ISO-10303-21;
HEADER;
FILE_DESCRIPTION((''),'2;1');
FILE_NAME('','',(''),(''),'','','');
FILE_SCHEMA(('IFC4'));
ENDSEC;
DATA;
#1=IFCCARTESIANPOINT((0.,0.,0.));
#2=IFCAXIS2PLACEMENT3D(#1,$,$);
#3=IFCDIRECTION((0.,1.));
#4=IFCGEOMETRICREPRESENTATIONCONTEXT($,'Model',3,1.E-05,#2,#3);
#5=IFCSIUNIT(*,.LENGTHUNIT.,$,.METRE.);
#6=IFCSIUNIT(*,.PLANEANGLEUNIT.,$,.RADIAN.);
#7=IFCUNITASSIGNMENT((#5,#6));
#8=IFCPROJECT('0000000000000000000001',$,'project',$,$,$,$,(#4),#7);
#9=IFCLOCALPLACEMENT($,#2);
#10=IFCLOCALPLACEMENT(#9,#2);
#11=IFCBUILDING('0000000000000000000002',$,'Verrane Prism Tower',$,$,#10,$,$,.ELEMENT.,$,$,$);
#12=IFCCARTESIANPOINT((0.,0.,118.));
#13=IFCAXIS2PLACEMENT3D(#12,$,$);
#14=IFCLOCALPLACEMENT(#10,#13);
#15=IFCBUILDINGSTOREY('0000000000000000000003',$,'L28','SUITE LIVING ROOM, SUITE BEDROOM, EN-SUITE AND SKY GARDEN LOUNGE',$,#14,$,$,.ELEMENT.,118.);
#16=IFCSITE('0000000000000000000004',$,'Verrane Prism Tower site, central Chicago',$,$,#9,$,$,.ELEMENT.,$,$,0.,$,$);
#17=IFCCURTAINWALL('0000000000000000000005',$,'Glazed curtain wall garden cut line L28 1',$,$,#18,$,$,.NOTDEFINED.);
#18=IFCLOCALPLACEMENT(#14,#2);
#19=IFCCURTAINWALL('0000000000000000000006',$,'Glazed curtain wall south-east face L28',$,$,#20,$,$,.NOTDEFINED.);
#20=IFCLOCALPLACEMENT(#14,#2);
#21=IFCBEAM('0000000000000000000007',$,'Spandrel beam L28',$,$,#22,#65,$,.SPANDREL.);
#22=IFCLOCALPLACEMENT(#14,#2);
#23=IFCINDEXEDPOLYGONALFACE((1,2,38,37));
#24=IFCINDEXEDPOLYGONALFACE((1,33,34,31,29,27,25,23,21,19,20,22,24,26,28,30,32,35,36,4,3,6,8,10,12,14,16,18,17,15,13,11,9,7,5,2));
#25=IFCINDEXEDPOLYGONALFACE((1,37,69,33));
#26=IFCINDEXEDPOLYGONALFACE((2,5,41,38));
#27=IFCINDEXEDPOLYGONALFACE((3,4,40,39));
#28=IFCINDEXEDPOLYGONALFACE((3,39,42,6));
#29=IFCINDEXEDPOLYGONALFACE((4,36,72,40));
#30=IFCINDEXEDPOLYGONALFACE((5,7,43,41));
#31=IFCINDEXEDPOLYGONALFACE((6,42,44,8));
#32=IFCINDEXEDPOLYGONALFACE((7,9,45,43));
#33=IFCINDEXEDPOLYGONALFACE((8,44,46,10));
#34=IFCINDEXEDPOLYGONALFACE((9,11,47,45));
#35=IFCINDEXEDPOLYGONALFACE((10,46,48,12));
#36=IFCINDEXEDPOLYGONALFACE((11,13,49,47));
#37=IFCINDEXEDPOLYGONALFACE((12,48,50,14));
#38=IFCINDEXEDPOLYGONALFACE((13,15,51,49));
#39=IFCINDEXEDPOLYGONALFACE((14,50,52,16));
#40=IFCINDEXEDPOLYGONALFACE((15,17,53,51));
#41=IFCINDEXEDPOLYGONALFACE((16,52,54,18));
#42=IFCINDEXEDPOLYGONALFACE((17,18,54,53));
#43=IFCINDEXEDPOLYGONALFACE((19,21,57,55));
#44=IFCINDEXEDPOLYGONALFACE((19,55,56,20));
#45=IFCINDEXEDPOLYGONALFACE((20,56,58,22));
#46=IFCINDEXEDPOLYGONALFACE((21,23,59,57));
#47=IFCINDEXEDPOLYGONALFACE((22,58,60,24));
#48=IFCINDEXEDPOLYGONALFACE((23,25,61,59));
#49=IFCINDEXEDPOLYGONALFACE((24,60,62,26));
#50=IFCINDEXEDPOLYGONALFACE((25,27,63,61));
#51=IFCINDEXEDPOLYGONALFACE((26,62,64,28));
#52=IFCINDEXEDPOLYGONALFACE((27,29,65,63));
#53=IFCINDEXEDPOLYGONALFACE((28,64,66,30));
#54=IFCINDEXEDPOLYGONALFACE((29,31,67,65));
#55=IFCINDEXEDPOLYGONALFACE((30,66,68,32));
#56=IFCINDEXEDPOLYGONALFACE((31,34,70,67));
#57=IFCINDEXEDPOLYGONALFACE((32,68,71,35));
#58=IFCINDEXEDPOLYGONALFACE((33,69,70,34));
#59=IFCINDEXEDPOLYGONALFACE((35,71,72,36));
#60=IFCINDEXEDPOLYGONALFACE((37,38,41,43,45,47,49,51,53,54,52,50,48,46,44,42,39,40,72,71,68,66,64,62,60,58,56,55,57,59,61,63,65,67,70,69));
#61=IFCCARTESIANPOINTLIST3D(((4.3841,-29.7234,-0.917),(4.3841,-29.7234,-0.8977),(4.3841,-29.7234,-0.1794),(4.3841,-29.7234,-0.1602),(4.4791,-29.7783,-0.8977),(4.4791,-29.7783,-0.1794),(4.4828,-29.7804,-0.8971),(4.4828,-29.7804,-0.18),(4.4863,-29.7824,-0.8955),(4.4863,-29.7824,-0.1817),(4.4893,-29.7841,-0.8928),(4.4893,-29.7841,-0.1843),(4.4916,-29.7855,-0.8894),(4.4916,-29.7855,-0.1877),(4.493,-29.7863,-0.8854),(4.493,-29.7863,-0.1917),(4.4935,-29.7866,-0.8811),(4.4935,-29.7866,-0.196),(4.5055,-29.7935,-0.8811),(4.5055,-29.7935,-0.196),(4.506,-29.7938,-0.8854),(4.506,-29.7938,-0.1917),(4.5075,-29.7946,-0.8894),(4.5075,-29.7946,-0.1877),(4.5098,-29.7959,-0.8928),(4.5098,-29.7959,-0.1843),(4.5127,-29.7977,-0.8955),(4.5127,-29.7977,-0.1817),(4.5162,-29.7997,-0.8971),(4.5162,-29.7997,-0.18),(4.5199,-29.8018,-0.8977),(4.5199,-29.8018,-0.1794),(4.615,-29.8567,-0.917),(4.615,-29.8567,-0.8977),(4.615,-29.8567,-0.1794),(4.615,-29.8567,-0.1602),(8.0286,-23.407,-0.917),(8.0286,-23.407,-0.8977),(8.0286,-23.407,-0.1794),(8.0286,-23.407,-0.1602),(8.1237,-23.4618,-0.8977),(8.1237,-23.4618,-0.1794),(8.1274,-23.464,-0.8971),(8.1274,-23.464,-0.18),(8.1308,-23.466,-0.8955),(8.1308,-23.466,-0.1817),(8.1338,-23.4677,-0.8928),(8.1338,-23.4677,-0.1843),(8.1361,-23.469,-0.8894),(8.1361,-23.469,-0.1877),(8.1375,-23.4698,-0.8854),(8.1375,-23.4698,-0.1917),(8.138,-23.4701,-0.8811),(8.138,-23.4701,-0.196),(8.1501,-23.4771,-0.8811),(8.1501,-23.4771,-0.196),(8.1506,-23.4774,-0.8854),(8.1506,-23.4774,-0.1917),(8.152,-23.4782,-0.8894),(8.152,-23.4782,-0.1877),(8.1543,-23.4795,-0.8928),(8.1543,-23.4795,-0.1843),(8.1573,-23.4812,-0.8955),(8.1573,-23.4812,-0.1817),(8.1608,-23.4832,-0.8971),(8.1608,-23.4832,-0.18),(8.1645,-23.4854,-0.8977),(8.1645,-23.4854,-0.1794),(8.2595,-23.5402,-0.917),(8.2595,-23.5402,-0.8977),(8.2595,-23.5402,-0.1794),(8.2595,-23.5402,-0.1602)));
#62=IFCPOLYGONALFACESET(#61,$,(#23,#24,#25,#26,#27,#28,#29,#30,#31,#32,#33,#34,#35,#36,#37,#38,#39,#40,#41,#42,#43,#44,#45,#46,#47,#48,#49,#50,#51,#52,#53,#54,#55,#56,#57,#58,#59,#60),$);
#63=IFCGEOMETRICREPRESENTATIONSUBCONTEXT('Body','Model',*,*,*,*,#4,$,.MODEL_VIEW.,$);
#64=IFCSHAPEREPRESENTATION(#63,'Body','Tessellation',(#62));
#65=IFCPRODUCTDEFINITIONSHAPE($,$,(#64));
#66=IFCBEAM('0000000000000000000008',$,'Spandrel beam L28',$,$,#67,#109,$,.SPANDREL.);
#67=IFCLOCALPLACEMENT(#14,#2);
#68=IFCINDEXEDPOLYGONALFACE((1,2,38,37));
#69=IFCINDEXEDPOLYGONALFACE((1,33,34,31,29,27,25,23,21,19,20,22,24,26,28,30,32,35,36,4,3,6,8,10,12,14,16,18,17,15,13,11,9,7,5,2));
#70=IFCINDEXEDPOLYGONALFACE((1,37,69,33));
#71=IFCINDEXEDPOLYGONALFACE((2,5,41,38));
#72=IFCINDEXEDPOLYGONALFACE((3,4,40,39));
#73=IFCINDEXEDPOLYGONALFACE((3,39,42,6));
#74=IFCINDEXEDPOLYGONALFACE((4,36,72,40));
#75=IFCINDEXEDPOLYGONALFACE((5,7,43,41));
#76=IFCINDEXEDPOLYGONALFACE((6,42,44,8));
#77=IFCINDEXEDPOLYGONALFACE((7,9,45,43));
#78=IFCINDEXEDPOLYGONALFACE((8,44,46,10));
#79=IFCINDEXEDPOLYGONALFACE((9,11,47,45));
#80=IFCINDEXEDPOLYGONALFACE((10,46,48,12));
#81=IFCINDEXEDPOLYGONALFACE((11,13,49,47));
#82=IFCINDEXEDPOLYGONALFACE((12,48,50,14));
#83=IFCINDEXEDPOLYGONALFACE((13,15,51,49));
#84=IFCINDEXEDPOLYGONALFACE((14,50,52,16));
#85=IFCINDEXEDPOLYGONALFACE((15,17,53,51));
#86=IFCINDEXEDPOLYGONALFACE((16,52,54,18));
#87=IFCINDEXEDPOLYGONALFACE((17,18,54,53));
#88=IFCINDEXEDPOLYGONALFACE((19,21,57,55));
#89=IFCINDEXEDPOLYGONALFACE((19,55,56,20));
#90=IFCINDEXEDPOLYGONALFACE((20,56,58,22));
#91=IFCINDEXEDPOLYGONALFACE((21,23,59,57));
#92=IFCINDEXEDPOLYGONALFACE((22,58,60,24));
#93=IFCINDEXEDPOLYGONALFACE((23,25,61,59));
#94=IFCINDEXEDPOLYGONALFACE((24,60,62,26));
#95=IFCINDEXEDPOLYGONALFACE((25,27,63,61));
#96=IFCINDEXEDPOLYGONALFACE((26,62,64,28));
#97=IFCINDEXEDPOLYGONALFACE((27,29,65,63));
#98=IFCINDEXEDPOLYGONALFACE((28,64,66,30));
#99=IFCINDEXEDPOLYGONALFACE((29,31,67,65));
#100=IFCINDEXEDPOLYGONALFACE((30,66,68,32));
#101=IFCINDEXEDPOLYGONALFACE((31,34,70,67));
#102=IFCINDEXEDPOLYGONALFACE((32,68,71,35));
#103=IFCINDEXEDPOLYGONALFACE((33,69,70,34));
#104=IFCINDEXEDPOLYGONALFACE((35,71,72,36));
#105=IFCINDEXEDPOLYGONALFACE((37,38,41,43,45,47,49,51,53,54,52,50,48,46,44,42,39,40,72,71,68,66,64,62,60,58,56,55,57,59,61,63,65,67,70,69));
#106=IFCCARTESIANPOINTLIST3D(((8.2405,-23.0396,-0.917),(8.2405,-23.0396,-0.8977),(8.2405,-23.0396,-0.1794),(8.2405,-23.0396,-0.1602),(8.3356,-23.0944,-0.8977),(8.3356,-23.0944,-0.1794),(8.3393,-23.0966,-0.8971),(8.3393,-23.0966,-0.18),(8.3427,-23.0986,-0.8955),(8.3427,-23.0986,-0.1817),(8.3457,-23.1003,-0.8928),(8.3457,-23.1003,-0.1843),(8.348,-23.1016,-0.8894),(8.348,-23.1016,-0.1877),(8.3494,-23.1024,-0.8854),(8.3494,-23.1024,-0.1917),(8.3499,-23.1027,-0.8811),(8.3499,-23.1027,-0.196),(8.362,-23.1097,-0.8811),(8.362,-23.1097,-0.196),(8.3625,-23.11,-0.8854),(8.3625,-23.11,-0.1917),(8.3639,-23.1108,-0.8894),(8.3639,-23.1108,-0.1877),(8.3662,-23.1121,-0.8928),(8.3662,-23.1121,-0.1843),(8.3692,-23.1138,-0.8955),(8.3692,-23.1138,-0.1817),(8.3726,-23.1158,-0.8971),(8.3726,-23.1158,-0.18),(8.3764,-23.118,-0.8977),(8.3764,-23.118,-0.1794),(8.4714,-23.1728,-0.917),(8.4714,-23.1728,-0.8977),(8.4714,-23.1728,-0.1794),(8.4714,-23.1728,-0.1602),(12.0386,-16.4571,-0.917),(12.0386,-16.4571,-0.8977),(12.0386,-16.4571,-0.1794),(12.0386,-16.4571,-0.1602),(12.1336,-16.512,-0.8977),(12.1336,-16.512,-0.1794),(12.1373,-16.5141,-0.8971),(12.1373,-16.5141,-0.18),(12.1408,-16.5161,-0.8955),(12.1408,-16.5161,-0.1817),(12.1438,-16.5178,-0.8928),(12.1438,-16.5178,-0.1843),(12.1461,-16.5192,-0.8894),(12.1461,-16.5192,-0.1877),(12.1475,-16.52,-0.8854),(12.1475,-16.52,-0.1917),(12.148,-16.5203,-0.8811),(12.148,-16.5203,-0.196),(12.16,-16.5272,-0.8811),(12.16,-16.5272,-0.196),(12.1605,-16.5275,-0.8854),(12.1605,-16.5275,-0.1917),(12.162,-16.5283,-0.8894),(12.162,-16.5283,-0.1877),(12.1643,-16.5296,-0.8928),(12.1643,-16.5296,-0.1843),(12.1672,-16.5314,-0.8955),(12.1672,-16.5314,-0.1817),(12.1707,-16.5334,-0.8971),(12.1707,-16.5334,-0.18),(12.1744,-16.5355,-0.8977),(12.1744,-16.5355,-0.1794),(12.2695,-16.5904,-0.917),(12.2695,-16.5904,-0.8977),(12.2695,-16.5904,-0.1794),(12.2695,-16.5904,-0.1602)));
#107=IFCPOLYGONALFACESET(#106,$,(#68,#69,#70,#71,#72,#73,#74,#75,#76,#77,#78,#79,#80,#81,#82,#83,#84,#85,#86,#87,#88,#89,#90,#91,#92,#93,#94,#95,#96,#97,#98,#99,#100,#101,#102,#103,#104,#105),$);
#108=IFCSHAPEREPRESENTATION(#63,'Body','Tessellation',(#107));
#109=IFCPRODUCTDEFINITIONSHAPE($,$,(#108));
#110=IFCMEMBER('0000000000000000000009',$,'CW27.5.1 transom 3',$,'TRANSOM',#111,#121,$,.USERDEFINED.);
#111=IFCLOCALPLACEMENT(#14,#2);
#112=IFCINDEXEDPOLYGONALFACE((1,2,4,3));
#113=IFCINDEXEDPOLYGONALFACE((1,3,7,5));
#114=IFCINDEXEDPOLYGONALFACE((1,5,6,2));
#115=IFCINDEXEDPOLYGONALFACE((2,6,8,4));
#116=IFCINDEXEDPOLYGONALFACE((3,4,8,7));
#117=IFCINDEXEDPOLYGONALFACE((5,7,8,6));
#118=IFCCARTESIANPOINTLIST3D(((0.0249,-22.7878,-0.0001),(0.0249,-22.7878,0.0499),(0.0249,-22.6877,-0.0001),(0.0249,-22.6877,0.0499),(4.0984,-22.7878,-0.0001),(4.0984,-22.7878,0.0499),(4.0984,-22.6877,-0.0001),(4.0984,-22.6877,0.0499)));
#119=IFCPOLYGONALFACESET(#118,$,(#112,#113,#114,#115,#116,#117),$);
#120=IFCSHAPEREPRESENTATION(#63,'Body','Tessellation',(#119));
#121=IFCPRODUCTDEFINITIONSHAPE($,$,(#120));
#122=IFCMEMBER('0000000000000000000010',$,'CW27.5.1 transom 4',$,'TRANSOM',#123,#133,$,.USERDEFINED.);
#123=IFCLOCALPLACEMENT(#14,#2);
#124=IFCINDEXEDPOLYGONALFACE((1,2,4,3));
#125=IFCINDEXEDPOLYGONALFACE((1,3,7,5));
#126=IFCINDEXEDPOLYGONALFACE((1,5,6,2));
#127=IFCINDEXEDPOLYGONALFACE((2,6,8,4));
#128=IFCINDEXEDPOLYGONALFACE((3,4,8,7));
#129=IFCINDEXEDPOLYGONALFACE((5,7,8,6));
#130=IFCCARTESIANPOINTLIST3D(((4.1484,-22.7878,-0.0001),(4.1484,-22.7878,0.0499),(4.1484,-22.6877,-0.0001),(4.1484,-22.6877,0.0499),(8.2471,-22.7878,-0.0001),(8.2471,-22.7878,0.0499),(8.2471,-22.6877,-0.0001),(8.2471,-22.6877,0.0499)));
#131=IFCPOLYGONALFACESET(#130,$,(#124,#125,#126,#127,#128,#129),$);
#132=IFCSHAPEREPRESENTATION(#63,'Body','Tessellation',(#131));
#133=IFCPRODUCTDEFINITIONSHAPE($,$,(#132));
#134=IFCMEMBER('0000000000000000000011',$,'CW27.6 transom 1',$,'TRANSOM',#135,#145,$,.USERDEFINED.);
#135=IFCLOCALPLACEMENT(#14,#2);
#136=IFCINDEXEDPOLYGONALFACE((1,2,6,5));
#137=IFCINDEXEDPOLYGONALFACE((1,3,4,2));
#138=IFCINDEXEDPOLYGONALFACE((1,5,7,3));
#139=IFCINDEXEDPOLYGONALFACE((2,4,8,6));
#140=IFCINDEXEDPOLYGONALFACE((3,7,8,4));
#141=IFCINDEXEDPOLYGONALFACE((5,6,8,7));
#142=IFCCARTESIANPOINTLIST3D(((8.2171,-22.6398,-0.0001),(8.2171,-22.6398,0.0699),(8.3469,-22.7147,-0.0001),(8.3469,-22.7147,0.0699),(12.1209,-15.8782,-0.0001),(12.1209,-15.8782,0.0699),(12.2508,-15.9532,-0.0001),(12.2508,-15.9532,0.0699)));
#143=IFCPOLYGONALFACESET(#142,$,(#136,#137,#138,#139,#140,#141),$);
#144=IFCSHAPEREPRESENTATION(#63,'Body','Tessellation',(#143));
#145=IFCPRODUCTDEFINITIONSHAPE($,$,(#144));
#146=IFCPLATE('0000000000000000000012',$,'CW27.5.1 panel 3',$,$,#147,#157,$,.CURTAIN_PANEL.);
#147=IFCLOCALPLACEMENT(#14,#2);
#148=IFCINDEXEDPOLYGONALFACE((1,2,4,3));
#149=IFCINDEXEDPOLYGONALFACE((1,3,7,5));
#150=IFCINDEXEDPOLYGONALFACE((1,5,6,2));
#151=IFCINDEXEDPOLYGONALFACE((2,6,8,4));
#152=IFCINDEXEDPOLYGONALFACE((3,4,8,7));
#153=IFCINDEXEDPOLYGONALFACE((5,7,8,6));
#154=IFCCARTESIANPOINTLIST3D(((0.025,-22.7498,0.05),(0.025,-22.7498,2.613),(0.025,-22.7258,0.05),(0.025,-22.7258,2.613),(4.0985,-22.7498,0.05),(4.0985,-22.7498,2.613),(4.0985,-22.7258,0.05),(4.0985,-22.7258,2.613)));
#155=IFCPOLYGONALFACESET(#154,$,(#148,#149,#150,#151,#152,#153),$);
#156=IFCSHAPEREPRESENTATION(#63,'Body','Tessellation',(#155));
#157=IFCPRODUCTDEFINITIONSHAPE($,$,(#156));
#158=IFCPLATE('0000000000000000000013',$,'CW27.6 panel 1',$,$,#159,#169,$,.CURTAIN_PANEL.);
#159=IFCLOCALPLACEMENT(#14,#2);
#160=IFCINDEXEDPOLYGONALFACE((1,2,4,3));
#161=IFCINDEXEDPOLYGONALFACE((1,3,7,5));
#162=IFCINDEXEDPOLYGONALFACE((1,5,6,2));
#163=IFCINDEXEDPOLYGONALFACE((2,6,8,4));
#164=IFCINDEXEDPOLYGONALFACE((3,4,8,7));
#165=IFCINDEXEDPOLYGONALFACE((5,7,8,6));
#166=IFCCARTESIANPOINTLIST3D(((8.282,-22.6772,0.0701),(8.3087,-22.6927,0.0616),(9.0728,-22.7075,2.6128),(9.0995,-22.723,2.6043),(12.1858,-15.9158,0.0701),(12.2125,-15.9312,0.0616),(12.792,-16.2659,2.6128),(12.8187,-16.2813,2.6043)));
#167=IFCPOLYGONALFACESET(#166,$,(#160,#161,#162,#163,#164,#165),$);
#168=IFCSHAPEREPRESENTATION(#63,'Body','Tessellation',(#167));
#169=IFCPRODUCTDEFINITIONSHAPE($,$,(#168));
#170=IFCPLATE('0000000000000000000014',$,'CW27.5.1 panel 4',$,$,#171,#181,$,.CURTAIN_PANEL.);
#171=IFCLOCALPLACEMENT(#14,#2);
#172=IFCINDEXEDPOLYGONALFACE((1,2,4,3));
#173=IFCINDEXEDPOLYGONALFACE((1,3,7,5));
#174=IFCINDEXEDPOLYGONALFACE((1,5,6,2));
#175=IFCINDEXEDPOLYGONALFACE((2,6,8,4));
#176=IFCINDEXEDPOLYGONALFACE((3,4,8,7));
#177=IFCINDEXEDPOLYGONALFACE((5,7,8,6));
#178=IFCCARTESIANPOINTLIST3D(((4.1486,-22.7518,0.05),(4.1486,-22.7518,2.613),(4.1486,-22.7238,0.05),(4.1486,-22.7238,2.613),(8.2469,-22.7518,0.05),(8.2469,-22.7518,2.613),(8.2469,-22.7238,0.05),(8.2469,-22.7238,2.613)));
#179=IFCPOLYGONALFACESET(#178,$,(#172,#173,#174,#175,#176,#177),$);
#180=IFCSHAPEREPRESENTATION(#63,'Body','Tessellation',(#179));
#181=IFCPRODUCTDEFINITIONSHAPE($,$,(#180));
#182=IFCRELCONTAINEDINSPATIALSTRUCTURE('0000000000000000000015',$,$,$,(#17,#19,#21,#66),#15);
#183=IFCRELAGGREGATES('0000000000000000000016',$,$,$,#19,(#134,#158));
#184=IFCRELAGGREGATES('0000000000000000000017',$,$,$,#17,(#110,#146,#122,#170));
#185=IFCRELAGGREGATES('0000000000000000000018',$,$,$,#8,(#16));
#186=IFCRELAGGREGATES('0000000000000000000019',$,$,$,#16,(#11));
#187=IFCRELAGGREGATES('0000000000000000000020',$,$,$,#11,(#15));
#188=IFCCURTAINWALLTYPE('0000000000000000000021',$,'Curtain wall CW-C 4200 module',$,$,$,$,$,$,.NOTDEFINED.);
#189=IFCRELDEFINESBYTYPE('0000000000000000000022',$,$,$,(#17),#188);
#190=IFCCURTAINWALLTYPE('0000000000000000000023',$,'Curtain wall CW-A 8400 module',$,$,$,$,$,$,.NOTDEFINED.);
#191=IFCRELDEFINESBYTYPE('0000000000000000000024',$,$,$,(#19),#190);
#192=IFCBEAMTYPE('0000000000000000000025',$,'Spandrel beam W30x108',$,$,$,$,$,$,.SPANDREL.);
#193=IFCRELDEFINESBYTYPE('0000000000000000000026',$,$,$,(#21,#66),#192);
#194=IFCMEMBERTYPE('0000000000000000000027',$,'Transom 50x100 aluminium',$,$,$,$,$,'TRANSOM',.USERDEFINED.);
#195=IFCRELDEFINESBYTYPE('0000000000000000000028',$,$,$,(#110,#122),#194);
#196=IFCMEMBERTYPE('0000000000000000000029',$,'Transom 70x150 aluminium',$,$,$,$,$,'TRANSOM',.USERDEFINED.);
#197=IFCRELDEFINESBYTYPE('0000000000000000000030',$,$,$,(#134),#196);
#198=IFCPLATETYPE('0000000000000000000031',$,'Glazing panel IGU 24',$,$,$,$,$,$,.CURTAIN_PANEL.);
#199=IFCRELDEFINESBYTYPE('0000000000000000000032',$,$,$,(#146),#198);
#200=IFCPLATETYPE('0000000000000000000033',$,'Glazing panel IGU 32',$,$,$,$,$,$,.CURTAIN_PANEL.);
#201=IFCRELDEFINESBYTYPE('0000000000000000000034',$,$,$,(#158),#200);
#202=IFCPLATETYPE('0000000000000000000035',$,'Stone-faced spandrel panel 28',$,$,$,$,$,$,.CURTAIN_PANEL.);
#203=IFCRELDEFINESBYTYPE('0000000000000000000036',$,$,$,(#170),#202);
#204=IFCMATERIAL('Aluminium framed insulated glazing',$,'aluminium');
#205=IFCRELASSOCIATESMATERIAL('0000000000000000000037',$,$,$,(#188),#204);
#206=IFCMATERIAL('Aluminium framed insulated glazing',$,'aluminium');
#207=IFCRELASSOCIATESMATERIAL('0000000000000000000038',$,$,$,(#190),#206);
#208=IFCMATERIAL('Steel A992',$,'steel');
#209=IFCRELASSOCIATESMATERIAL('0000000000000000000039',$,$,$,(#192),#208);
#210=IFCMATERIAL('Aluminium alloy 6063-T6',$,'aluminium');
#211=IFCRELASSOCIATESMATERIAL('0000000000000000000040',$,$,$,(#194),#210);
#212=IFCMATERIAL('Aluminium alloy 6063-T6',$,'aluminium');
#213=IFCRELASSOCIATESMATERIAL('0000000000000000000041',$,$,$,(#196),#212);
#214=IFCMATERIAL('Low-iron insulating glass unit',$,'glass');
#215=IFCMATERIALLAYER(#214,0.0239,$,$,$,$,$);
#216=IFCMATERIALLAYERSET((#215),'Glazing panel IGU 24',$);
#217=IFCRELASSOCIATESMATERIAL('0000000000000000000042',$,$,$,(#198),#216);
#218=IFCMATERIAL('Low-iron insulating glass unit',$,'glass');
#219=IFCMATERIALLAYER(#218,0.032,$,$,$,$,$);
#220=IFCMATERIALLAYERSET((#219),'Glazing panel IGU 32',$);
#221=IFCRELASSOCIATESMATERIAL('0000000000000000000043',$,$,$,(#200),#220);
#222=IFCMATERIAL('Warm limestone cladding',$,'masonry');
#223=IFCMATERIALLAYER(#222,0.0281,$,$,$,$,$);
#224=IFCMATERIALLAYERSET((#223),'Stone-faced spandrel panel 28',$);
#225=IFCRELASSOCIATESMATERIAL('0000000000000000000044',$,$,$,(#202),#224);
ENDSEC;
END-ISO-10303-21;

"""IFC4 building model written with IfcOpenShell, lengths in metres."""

from ifc_helpers import new_model, si_unit, direction, frame, origin, origin_2d, place, context, subcontext, project, spatial, polyline, rectangle, i_section, outline, extrude, material, layer, layer_set, material_profile, profile_set, type_object, element, aggregate, save


model = new_model("IFC4")

# Units and contexts
model_context = context("Model", 3, precision=1e-05, world=origin(), true_north=direction((0.0, 1.0)))
body_context = subcontext(model_context, "Body", "Model", "MODEL_VIEW")
ifc_project = project(units=[si_unit("LENGTHUNIT", "METRE"), si_unit("PLANEANGLEUNIT", "RADIAN")], contexts=[model_context])

# Site, building, storey
site_placement = place(None, origin())
site = spatial("IfcSite", under=ifc_project, at=site_placement, Name="Verrane Prism Tower site, central Chicago", CompositionType="ELEMENT", RefElevation=0.0)
building_placement = place(site_placement, origin())
building = spatial("IfcBuilding", under=site, at=building_placement, Name="Verrane Prism Tower", CompositionType="ELEMENT")
storey_placement = place(building_placement, frame((0.0, 0.0, 118.0)))
storey = spatial("IfcBuildingStorey", under=building, at=storey_placement, Name="L28", Description="SUITE LIVING ROOM, SUITE BEDROOM, EN-SUITE AND SKY GARDEN LOUNGE", CompositionType="ELEMENT", Elevation=118.0)

# Curtain walls
ifc_material_1 = material(Name="Aluminium framed insulated glazing", Category="aluminium")
curtain_wall_type_1 = type_object("IfcCurtainWallType", Name="Curtain wall CW-C 4200 module", PredefinedType="NOTDEFINED", material=ifc_material_1)
curtain_wall_1_placement = place(storey_placement, origin())
curtain_wall_1 = element("IfcCurtainWall", 1, at=curtain_wall_1_placement, inside=storey, type_object=curtain_wall_type_1, Name="Glazed curtain wall garden cut line L28 1", PredefinedType="NOTDEFINED")
ifc_material_2 = material(Name="Aluminium framed insulated glazing", Category="aluminium")
curtain_wall_type_2 = type_object("IfcCurtainWallType", Name="Curtain wall CW-A 8400 module", PredefinedType="NOTDEFINED", material=ifc_material_2)
curtain_wall_2_placement = place(storey_placement, origin())
curtain_wall_2 = element("IfcCurtainWall", 2, at=curtain_wall_2_placement, inside=storey, type_object=curtain_wall_type_2, Name="Glazed curtain wall south-east face L28", PredefinedType="NOTDEFINED")

# Beams
ifc_material_3 = material(Name="Steel A992", Category="steel")
ifc_material_profile_1 = material_profile(ifc_material_3, i_section(OverallWidth=0.2666, OverallDepth=0.7568, WebThickness=0.0139, FlangeThickness=0.0193, FilletRadius=0.0166, at=origin_2d()), Name="W30x108")
ifc_profile_set_1 = profile_set([ifc_material_profile_1], Name="Steel A992")
beam_type_1 = type_object("IfcBeamType", Name="Spandrel beam W30x108", PredefinedType="SPANDREL", material=ifc_profile_set_1)
beam_1_placement = place(storey_placement, frame((4.4995, -29.79, -0.5386), z_axis=(0.499769, 0.866159, 0.0), x_axis=(-0.866159, 0.499769, 0.0)))
element("IfcBeam", 3, at=beam_1_placement, inside=storey, type_object=beam_type_1, Name="Spandrel beam L28", PredefinedType="SPANDREL", context=body_context, shape_type="SweptSolid", body=[
    extrude(i_section(OverallWidth=0.2666, OverallDepth=0.7568, WebThickness=0.0139, FlangeThickness=0.0193, FilletRadius=0.0166, at=origin_2d()), origin(), (0.0, 0.0, 1.0), 7.2925),
])
beam_2_placement = place(storey_placement, frame((8.356, -23.1062, -0.5386), z_axis=(0.499771, 0.866158, 0.0), x_axis=(-0.866158, 0.499771, 0.0)))
element("IfcBeam", 4, at=beam_2_placement, inside=storey, type_object=beam_type_1, Name="Spandrel beam L28", PredefinedType="SPANDREL", context=body_context, shape_type="SweptSolid", body=[
    extrude(i_section(OverallWidth=0.2666, OverallDepth=0.7568, WebThickness=0.0139, FlangeThickness=0.0193, FilletRadius=0.0166, at=origin_2d()), origin(), (0.0, 0.0, 1.0), 7.5996),
])

# Members
ifc_material_4 = material(Name="Aluminium alloy 6063-T6", Category="aluminium")
ifc_material_profile_2 = material_profile(ifc_material_4, rectangle(XDim=0.1001, YDim=0.05, at=origin_2d()), Name="Transom 50x100 aluminium")
ifc_profile_set_2 = profile_set([ifc_material_profile_2], Name="Aluminium alloy 6063-T6")
member_type_1 = type_object("IfcMemberType", Name="Transom 50x100 aluminium", ElementType="TRANSOM", PredefinedType="USERDEFINED", material=ifc_profile_set_2)
member_1_placement = place(storey_placement, frame((0.0249, -22.7378, 0.0249), z_axis=(1.0, 0.0, 0.0), x_axis=(0.0, 1.0, 0.0)))
member_1 = element("IfcMember", 5, at=member_1_placement, type_object=member_type_1, Name="CW27.5.1 transom 3", ObjectType="TRANSOM", PredefinedType="USERDEFINED", context=body_context, shape_type="SweptSolid", body=[
    extrude(rectangle(XDim=0.1001, YDim=0.05, at=origin_2d()), origin(), (0.0, 0.0, 1.0), 4.0735),
])
member_2_placement = place(storey_placement, frame((4.1484, -22.7378, 0.0249), z_axis=(1.0, 0.0, 0.0), x_axis=(0.0, 1.0, 0.0)))
member_2 = element("IfcMember", 6, at=member_2_placement, type_object=member_type_1, Name="CW27.5.1 transom 4", ObjectType="TRANSOM", PredefinedType="USERDEFINED", context=body_context, shape_type="SweptSolid", body=[
    extrude(rectangle(XDim=0.1001, YDim=0.05, at=origin_2d()), origin(), (0.0, 0.0, 1.0), 4.0986),
])
ifc_material_5 = material(Name="Aluminium alloy 6063-T6", Category="aluminium")
ifc_material_profile_3 = material_profile(ifc_material_5, rectangle(XDim=0.1499, YDim=0.0701, at=origin_2d()), Name="Transom 70x150 aluminium")
ifc_profile_set_3 = profile_set([ifc_material_profile_3], Name="Aluminium alloy 6063-T6")
member_type_2 = type_object("IfcMemberType", Name="Transom 70x150 aluminium", ElementType="TRANSOM", PredefinedType="USERDEFINED", material=ifc_profile_set_3)
member_3_placement = place(storey_placement, frame((8.282, -22.6772, 0.0349), z_axis=(0.500007, 0.866022, 0.0), x_axis=(-0.866022, 0.500007, 0.0)))
member_3 = element("IfcMember", 7, at=member_3_placement, type_object=member_type_2, Name="CW27.6 transom 1", ObjectType="TRANSOM", PredefinedType="USERDEFINED", context=body_context, shape_type="SweptSolid", body=[
    extrude(rectangle(XDim=0.1499, YDim=0.0701, at=origin_2d()), origin(), (0.0, 0.0, 1.0), 7.8076),
])

# Plates
ifc_material_6 = material(Name="Low-iron insulating glass unit", Category="glass")
ifc_layer_1 = layer(ifc_material_6, 0.0239)
ifc_layer_set_1 = layer_set([ifc_layer_1], Name="Glazing panel IGU 24")
plate_type_1 = type_object("IfcPlateType", Name="Glazing panel IGU 24", PredefinedType="CURTAIN_PANEL", material=ifc_layer_set_1)
plate_1_placement = place(storey_placement, frame((2.0618, -22.7378, 0.05), z_axis=(0.0, 0.0, 1.0), x_axis=(1.0, 0.0, 0.0)))
plate_1 = element("IfcPlate", 8, at=plate_1_placement, type_object=plate_type_1, Name="CW27.5.1 panel 3", PredefinedType="CURTAIN_PANEL", context=body_context, shape_type="SweptSolid", body=[
    extrude(rectangle(XDim=4.0735, YDim=0.0239, at=origin_2d()), origin(), (0.0, 0.0, 1.0), 2.563),
])
ifc_material_7 = material(Name="Low-iron insulating glass unit", Category="glass")
ifc_layer_2 = layer(ifc_material_7, 0.032)
ifc_layer_set_2 = layer_set([ifc_layer_2], Name="Glazing panel IGU 32")
plate_type_2 = type_object("IfcPlateType", Name="Glazing panel IGU 32", PredefinedType="CURTAIN_PANEL", material=ifc_layer_set_2)
plate_2_placement = place(storey_placement, frame((8.282, -22.6772, 0.0701), z_axis=(-0.834958, 0.482077, 0.26542), x_axis=(0.50001, 0.866019, -0.000001)))
plate_2 = element("IfcPlate", 9, at=plate_2_placement, type_object=plate_type_2, Name="CW27.6 panel 1", PredefinedType="CURTAIN_PANEL", context=body_context, shape_type="SweptSolid", body=[
    extrude(outline(polyline([(0.0, 0.0), (7.8075, 0.0), (7.8074, -2.6373), (0.3692, -2.6373), (0.0, 0.0)])), origin(), (0.0, 0.0, -1.0), 0.032),
])
aggregate(curtain_wall_2, [member_3, plate_2])
ifc_material_8 = material(Name="Warm limestone cladding", Category="masonry")
ifc_layer_3 = layer(ifc_material_8, 0.0281)
ifc_layer_set_3 = layer_set([ifc_layer_3], Name="Stone-faced spandrel panel 28")
plate_type_3 = type_object("IfcPlateType", Name="Stone-faced spandrel panel 28", PredefinedType="CURTAIN_PANEL", material=ifc_layer_set_3)
plate_3_placement = place(storey_placement, frame((6.1978, -22.7378, 0.05), z_axis=(0.0, 0.0, 1.0), x_axis=(1.0, 0.0, 0.0)))
plate_3 = element("IfcPlate", 10, at=plate_3_placement, type_object=plate_type_3, Name="CW27.5.1 panel 4", PredefinedType="CURTAIN_PANEL", context=body_context, shape_type="SweptSolid", body=[
    extrude(rectangle(XDim=4.0984, YDim=0.0281, at=origin_2d()), origin(), (0.0, 0.0, 1.0), 2.563),
])
aggregate(curtain_wall_1, [member_1, plate_1, member_2, plate_3])

save(model, "model.ifc")
